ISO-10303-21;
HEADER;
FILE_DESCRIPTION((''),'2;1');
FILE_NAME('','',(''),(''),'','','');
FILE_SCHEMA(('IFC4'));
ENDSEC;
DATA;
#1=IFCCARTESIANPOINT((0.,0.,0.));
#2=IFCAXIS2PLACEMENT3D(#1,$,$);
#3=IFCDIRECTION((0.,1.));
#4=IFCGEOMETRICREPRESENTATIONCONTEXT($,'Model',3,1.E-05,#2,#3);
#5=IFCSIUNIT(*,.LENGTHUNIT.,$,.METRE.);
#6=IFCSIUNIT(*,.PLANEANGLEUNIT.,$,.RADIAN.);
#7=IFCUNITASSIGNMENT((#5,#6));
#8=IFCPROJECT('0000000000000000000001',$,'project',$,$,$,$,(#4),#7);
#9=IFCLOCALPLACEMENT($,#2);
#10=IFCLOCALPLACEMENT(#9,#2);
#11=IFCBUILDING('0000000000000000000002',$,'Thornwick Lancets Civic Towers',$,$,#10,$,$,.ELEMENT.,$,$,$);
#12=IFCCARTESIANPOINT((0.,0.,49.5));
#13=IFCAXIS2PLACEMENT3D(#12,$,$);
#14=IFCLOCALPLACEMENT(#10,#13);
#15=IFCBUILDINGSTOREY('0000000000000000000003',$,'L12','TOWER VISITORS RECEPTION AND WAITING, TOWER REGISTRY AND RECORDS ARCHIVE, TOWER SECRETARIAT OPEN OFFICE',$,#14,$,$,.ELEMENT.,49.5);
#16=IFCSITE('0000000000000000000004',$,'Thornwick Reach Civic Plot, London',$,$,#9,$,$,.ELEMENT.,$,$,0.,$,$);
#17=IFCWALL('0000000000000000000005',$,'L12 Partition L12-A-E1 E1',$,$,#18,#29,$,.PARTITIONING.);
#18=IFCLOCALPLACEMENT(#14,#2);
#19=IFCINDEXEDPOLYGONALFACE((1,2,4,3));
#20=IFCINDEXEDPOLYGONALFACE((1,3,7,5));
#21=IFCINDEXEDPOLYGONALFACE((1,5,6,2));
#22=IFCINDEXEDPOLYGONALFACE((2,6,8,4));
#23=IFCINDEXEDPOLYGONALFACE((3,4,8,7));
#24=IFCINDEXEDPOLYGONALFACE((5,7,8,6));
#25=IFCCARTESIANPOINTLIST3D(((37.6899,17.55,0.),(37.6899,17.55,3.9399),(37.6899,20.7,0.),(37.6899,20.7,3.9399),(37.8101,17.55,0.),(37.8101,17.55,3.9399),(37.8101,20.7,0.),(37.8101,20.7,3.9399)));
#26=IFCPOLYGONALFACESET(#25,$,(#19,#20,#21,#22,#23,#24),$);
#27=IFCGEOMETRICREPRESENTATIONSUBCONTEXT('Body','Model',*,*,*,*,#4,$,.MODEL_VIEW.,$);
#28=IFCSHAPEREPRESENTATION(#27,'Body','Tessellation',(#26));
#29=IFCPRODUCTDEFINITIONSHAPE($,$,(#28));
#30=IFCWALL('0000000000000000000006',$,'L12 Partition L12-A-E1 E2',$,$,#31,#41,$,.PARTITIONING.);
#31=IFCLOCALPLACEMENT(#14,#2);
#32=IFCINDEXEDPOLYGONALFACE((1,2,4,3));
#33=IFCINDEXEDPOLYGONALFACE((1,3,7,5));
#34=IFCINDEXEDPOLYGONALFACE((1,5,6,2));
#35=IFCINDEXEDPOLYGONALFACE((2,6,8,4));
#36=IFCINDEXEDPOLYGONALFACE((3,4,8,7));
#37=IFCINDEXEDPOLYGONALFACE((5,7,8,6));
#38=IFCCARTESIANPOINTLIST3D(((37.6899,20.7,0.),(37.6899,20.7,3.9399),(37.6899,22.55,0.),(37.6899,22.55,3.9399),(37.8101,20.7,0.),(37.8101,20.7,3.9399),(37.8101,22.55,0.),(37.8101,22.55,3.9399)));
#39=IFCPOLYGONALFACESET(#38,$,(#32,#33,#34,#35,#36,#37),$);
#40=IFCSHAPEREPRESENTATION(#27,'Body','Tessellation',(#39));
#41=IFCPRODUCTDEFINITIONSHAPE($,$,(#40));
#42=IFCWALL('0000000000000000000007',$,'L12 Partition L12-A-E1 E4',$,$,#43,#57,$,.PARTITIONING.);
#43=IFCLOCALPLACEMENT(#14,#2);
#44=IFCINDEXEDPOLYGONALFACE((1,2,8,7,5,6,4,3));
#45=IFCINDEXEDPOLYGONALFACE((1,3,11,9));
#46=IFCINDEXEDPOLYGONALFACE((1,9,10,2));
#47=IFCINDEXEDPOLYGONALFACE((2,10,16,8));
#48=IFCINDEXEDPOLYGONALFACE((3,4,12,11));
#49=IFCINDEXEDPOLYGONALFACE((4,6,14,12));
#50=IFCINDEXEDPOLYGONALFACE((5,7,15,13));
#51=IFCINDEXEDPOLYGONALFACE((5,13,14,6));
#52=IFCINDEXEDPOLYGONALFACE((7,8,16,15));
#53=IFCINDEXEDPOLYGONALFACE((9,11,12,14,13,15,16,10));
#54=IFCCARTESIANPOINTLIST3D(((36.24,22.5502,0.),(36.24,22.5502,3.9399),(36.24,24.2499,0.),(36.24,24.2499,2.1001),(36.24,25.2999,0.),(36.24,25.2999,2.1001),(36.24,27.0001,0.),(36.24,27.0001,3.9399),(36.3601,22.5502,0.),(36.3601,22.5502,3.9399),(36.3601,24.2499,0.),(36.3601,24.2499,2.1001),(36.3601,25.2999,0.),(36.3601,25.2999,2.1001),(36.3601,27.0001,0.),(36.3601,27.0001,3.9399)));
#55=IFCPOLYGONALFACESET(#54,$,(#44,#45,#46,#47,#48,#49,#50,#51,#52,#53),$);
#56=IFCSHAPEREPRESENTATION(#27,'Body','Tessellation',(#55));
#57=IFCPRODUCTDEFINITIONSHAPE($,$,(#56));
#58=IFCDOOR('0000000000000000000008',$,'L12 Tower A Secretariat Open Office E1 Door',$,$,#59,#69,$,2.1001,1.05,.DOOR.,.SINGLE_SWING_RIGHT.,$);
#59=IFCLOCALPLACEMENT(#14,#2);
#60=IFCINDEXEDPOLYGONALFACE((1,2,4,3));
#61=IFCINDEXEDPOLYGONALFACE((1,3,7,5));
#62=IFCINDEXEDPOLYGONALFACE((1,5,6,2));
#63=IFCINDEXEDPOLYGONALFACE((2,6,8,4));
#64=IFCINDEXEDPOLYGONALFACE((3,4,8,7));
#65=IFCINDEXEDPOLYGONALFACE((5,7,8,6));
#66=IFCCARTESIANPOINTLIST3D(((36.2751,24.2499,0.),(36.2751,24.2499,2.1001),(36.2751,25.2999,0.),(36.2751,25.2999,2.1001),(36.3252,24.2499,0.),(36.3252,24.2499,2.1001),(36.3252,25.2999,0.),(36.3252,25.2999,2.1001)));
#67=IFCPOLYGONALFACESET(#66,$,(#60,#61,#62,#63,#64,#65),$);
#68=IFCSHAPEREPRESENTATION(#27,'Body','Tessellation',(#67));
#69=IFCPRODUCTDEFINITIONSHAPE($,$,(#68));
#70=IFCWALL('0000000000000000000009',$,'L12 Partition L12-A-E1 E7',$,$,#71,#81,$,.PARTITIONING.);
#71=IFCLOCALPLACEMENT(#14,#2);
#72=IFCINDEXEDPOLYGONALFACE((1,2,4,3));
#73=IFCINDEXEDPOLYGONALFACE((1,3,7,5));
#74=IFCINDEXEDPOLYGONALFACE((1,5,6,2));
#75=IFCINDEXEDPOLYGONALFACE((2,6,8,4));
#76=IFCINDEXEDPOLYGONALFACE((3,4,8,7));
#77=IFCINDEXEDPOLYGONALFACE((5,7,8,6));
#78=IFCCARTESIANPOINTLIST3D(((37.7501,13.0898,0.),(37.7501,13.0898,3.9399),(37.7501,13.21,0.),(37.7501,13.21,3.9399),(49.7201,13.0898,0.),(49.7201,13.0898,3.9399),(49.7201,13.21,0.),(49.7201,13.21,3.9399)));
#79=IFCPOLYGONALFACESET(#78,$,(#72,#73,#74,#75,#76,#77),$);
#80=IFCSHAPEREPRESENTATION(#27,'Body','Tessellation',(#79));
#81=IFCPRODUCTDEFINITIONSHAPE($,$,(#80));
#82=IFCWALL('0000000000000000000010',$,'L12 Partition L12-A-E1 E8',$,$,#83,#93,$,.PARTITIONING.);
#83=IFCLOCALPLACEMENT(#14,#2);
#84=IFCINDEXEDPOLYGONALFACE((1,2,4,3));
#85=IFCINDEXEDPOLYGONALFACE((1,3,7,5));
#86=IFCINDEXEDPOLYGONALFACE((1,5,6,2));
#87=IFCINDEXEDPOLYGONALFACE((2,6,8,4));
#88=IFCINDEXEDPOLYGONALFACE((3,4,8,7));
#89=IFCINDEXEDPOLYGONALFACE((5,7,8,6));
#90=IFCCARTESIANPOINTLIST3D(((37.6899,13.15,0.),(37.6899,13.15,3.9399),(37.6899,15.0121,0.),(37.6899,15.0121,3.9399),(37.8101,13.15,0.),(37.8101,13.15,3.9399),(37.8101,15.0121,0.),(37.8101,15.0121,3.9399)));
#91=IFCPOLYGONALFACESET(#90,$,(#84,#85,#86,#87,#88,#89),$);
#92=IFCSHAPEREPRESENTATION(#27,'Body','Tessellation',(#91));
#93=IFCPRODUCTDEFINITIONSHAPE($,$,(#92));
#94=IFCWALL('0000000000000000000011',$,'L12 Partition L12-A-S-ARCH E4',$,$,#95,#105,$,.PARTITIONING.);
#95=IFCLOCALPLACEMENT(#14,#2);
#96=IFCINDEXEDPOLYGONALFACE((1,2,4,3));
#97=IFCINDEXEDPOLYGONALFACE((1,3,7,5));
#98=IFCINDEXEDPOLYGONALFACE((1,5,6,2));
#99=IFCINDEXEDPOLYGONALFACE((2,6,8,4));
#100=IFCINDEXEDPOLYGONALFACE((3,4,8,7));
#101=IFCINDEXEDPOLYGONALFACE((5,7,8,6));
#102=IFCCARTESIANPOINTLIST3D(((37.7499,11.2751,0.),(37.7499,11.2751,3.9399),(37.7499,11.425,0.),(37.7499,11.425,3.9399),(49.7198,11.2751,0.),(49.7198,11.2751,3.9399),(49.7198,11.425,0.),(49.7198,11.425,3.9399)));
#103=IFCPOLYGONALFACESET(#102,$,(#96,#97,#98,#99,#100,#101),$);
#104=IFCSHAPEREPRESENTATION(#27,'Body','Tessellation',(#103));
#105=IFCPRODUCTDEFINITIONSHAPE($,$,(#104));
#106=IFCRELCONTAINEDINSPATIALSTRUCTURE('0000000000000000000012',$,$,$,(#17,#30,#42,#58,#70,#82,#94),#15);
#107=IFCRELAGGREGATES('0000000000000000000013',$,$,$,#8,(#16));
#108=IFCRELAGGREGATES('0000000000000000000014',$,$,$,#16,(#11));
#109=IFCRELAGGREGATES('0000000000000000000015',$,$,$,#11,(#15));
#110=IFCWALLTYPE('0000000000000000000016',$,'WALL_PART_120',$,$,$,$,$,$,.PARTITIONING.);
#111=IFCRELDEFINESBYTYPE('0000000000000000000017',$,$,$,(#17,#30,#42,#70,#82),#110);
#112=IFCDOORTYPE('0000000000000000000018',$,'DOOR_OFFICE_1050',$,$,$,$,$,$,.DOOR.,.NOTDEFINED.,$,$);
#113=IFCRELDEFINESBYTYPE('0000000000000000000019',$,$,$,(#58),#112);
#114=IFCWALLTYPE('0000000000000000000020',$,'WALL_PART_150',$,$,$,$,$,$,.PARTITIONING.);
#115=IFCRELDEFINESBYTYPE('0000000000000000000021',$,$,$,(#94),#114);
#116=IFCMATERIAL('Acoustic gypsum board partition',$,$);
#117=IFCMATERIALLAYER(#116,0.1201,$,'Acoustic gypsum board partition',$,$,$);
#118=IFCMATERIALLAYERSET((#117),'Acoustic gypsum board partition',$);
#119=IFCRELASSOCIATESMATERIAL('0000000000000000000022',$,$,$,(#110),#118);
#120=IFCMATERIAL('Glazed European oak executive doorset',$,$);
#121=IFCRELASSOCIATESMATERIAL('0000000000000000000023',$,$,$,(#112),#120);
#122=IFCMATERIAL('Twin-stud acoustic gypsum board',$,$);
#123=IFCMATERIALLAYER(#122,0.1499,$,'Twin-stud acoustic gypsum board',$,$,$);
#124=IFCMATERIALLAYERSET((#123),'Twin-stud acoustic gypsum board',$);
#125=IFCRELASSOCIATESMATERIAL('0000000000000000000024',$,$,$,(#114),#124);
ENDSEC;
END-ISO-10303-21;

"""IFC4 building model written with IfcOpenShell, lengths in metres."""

from ifc_helpers import new_model, si_unit, direction, frame, frame_2d, origin, place, context, subcontext, project, spatial, rectangle, extrude, material, layer, layer_set, type_object, element, fill, save


model = new_model("IFC4")

# Units and contexts
model_context = context("Model", 3, precision=1e-05, world=origin(), true_north=direction((0.0, 1.0)))
body_context = subcontext(model_context, "Body", "Model", "MODEL_VIEW")
ifc_project = project(units=[si_unit("LENGTHUNIT", "METRE"), si_unit("PLANEANGLEUNIT", "RADIAN")], contexts=[model_context])

# Site, building, storey
site_placement = place(None, origin())
site = spatial("IfcSite", under=ifc_project, at=site_placement, Name="Thornwick Reach Civic Plot, London", CompositionType="ELEMENT", RefElevation=0.0)
building_placement = place(site_placement, origin())
building = spatial("IfcBuilding", under=site, at=building_placement, Name="Thornwick Lancets Civic Towers", CompositionType="ELEMENT")
storey_placement = place(building_placement, frame((0.0, 0.0, 49.5)))
storey = spatial("IfcBuildingStorey", under=building, at=storey_placement, Name="L12", Description="TOWER VISITORS RECEPTION AND WAITING, TOWER REGISTRY AND RECORDS ARCHIVE, TOWER SECRETARIAT OPEN OFFICE", CompositionType="ELEMENT", Elevation=49.5)

# Walls
ifc_material_1 = material(Name="Acoustic gypsum board partition")
ifc_layer_1 = layer(ifc_material_1, 0.1201, Name="Acoustic gypsum board partition")
ifc_layer_set_1 = layer_set([ifc_layer_1], Name="Acoustic gypsum board partition")
wall_type_1 = type_object("IfcWallType", Name="WALL_PART_120", PredefinedType="PARTITIONING", material=ifc_layer_set_1)
wall_1_placement = place(storey_placement, frame((37.75, 17.55, 0.0), z_axis=(0.0, 0.0, 1.0), x_axis=(0.0, 1.0, 0.0)))
element("IfcWall", 1, at=wall_1_placement, inside=storey, type_object=wall_type_1, Name="L12 Partition L12-A-E1 E1", PredefinedType="PARTITIONING", context=body_context, shape_type="SweptSolid", body=[
    extrude(rectangle(XDim=3.1499, YDim=0.1201, at=frame_2d((1.575, 0.0))), origin(), (0.0, 0.0, 1.0), 3.9399),
])
wall_2_placement = place(storey_placement, frame((37.75, 20.7, 0.0), z_axis=(0.0, 0.0, 1.0), x_axis=(0.0, 1.0, 0.0)))
element("IfcWall", 2, at=wall_2_placement, inside=storey, type_object=wall_type_1, Name="L12 Partition L12-A-E1 E2", PredefinedType="PARTITIONING", context=body_context, shape_type="SweptSolid", body=[
    extrude(rectangle(XDim=1.8501, YDim=0.1201, at=frame_2d((0.925, 0.0))), origin(), (0.0, 0.0, 1.0), 3.9399),
])

# Wall, opening, door
wall_3_placement = place(storey_placement, frame((36.3, 22.55, 0.0), z_axis=(0.0, 0.0, 1.0), x_axis=(0.0, 1.0, 0.0)))
wall_3 = element("IfcWall", 3, at=wall_3_placement, inside=storey, type_object=wall_type_1, Name="L12 Partition L12-A-E1 E4", PredefinedType="PARTITIONING", context=body_context, shape_type="SweptSolid", body=[
    extrude(rectangle(XDim=4.45, YDim=0.1201, at=frame_2d((2.2251, 0.0))), origin(), (0.0, 0.0, 1.0), 3.9399),
])
opening_1_placement = place(wall_3_placement, frame((1.7, 0.0, 0.0)))
opening_1 = element("IfcOpeningElement", 4, at=opening_1_placement, cuts=wall_3, PredefinedType="OPENING", context=body_context, shape_type="SweptSolid", body=[
    extrude(rectangle(XDim=1.05, YDim=2.1001, at=frame_2d((0.5249, 1.05))), frame((0.0, 0.0701, 0.0), z_axis=(0.0, -1.0, 0.0), x_axis=(1.0, 0.0, 0.0)), (0.0, 0.0, 1.0), 0.1401),
])
ifc_material_2 = material(Name="Glazed European oak executive doorset")
door_type_1 = type_object("IfcDoorType", Name="DOOR_OFFICE_1050", OperationType="NOTDEFINED", PredefinedType="DOOR", material=ifc_material_2)
door_1_placement = place(opening_1_placement, origin())
door_1 = element("IfcDoor", 5, at=door_1_placement, inside=storey, type_object=door_type_1, Name="L12 Tower A Secretariat Open Office E1 Door", OperationType="SINGLE_SWING_RIGHT", OverallHeight=2.1001, OverallWidth=1.05, PredefinedType="DOOR", context=body_context, shape_type="SweptSolid", body=[
    extrude(rectangle(XDim=1.05, YDim=2.1001, at=frame_2d((0.5249, 1.05))), frame((0.0, 0.0249, 0.0), z_axis=(0.0, -1.0, 0.0), x_axis=(1.0, 0.0, 0.0)), (0.0, 0.0, 1.0), 0.05),
])
fill(opening_1, door_1)

# Walls
wall_4_placement = place(storey_placement, frame((49.72, 13.1499, 0.0), z_axis=(0.0, 0.0, 1.0), x_axis=(-1.0, 0.0, 0.0)))
element("IfcWall", 6, at=wall_4_placement, inside=storey, type_object=wall_type_1, Name="L12 Partition L12-A-E1 E7", PredefinedType="PARTITIONING", context=body_context, shape_type="SweptSolid", body=[
    extrude(rectangle(XDim=11.97, YDim=0.1201, at=frame_2d((5.9849, 0.0))), origin(), (0.0, 0.0, 1.0), 3.9399),
])
wall_5_placement = place(storey_placement, frame((37.75, 13.1499, 0.0), z_axis=(0.0, 0.0, 1.0), x_axis=(0.0, 1.0, 0.0)))
element("IfcWall", 7, at=wall_5_placement, inside=storey, type_object=wall_type_1, Name="L12 Partition L12-A-E1 E8", PredefinedType="PARTITIONING", context=body_context, shape_type="SweptSolid", body=[
    extrude(rectangle(XDim=1.8621, YDim=0.1201, at=frame_2d((0.9312, 0.0))), origin(), (0.0, 0.0, 1.0), 3.9399),
])
ifc_material_3 = material(Name="Twin-stud acoustic gypsum board")
ifc_layer_2 = layer(ifc_material_3, 0.1499, Name="Twin-stud acoustic gypsum board")
ifc_layer_set_2 = layer_set([ifc_layer_2], Name="Twin-stud acoustic gypsum board")
wall_type_2 = type_object("IfcWallType", Name="WALL_PART_150", PredefinedType="PARTITIONING", material=ifc_layer_set_2)
wall_6_placement = place(storey_placement, frame((37.75, 11.3501, 0.0), z_axis=(0.0, 0.0, 1.0), x_axis=(1.0, 0.0, 0.0)))
element("IfcWall", 8, at=wall_6_placement, inside=storey, type_object=wall_type_2, Name="L12 Partition L12-A-S-ARCH E4", PredefinedType="PARTITIONING", context=body_context, shape_type="SweptSolid", body=[
    extrude(rectangle(XDim=11.97, YDim=0.1499, at=frame_2d((5.9849, 0.0))), origin(), (0.0, 0.0, 1.0), 3.9399),
])

save(model, "model.ifc")
